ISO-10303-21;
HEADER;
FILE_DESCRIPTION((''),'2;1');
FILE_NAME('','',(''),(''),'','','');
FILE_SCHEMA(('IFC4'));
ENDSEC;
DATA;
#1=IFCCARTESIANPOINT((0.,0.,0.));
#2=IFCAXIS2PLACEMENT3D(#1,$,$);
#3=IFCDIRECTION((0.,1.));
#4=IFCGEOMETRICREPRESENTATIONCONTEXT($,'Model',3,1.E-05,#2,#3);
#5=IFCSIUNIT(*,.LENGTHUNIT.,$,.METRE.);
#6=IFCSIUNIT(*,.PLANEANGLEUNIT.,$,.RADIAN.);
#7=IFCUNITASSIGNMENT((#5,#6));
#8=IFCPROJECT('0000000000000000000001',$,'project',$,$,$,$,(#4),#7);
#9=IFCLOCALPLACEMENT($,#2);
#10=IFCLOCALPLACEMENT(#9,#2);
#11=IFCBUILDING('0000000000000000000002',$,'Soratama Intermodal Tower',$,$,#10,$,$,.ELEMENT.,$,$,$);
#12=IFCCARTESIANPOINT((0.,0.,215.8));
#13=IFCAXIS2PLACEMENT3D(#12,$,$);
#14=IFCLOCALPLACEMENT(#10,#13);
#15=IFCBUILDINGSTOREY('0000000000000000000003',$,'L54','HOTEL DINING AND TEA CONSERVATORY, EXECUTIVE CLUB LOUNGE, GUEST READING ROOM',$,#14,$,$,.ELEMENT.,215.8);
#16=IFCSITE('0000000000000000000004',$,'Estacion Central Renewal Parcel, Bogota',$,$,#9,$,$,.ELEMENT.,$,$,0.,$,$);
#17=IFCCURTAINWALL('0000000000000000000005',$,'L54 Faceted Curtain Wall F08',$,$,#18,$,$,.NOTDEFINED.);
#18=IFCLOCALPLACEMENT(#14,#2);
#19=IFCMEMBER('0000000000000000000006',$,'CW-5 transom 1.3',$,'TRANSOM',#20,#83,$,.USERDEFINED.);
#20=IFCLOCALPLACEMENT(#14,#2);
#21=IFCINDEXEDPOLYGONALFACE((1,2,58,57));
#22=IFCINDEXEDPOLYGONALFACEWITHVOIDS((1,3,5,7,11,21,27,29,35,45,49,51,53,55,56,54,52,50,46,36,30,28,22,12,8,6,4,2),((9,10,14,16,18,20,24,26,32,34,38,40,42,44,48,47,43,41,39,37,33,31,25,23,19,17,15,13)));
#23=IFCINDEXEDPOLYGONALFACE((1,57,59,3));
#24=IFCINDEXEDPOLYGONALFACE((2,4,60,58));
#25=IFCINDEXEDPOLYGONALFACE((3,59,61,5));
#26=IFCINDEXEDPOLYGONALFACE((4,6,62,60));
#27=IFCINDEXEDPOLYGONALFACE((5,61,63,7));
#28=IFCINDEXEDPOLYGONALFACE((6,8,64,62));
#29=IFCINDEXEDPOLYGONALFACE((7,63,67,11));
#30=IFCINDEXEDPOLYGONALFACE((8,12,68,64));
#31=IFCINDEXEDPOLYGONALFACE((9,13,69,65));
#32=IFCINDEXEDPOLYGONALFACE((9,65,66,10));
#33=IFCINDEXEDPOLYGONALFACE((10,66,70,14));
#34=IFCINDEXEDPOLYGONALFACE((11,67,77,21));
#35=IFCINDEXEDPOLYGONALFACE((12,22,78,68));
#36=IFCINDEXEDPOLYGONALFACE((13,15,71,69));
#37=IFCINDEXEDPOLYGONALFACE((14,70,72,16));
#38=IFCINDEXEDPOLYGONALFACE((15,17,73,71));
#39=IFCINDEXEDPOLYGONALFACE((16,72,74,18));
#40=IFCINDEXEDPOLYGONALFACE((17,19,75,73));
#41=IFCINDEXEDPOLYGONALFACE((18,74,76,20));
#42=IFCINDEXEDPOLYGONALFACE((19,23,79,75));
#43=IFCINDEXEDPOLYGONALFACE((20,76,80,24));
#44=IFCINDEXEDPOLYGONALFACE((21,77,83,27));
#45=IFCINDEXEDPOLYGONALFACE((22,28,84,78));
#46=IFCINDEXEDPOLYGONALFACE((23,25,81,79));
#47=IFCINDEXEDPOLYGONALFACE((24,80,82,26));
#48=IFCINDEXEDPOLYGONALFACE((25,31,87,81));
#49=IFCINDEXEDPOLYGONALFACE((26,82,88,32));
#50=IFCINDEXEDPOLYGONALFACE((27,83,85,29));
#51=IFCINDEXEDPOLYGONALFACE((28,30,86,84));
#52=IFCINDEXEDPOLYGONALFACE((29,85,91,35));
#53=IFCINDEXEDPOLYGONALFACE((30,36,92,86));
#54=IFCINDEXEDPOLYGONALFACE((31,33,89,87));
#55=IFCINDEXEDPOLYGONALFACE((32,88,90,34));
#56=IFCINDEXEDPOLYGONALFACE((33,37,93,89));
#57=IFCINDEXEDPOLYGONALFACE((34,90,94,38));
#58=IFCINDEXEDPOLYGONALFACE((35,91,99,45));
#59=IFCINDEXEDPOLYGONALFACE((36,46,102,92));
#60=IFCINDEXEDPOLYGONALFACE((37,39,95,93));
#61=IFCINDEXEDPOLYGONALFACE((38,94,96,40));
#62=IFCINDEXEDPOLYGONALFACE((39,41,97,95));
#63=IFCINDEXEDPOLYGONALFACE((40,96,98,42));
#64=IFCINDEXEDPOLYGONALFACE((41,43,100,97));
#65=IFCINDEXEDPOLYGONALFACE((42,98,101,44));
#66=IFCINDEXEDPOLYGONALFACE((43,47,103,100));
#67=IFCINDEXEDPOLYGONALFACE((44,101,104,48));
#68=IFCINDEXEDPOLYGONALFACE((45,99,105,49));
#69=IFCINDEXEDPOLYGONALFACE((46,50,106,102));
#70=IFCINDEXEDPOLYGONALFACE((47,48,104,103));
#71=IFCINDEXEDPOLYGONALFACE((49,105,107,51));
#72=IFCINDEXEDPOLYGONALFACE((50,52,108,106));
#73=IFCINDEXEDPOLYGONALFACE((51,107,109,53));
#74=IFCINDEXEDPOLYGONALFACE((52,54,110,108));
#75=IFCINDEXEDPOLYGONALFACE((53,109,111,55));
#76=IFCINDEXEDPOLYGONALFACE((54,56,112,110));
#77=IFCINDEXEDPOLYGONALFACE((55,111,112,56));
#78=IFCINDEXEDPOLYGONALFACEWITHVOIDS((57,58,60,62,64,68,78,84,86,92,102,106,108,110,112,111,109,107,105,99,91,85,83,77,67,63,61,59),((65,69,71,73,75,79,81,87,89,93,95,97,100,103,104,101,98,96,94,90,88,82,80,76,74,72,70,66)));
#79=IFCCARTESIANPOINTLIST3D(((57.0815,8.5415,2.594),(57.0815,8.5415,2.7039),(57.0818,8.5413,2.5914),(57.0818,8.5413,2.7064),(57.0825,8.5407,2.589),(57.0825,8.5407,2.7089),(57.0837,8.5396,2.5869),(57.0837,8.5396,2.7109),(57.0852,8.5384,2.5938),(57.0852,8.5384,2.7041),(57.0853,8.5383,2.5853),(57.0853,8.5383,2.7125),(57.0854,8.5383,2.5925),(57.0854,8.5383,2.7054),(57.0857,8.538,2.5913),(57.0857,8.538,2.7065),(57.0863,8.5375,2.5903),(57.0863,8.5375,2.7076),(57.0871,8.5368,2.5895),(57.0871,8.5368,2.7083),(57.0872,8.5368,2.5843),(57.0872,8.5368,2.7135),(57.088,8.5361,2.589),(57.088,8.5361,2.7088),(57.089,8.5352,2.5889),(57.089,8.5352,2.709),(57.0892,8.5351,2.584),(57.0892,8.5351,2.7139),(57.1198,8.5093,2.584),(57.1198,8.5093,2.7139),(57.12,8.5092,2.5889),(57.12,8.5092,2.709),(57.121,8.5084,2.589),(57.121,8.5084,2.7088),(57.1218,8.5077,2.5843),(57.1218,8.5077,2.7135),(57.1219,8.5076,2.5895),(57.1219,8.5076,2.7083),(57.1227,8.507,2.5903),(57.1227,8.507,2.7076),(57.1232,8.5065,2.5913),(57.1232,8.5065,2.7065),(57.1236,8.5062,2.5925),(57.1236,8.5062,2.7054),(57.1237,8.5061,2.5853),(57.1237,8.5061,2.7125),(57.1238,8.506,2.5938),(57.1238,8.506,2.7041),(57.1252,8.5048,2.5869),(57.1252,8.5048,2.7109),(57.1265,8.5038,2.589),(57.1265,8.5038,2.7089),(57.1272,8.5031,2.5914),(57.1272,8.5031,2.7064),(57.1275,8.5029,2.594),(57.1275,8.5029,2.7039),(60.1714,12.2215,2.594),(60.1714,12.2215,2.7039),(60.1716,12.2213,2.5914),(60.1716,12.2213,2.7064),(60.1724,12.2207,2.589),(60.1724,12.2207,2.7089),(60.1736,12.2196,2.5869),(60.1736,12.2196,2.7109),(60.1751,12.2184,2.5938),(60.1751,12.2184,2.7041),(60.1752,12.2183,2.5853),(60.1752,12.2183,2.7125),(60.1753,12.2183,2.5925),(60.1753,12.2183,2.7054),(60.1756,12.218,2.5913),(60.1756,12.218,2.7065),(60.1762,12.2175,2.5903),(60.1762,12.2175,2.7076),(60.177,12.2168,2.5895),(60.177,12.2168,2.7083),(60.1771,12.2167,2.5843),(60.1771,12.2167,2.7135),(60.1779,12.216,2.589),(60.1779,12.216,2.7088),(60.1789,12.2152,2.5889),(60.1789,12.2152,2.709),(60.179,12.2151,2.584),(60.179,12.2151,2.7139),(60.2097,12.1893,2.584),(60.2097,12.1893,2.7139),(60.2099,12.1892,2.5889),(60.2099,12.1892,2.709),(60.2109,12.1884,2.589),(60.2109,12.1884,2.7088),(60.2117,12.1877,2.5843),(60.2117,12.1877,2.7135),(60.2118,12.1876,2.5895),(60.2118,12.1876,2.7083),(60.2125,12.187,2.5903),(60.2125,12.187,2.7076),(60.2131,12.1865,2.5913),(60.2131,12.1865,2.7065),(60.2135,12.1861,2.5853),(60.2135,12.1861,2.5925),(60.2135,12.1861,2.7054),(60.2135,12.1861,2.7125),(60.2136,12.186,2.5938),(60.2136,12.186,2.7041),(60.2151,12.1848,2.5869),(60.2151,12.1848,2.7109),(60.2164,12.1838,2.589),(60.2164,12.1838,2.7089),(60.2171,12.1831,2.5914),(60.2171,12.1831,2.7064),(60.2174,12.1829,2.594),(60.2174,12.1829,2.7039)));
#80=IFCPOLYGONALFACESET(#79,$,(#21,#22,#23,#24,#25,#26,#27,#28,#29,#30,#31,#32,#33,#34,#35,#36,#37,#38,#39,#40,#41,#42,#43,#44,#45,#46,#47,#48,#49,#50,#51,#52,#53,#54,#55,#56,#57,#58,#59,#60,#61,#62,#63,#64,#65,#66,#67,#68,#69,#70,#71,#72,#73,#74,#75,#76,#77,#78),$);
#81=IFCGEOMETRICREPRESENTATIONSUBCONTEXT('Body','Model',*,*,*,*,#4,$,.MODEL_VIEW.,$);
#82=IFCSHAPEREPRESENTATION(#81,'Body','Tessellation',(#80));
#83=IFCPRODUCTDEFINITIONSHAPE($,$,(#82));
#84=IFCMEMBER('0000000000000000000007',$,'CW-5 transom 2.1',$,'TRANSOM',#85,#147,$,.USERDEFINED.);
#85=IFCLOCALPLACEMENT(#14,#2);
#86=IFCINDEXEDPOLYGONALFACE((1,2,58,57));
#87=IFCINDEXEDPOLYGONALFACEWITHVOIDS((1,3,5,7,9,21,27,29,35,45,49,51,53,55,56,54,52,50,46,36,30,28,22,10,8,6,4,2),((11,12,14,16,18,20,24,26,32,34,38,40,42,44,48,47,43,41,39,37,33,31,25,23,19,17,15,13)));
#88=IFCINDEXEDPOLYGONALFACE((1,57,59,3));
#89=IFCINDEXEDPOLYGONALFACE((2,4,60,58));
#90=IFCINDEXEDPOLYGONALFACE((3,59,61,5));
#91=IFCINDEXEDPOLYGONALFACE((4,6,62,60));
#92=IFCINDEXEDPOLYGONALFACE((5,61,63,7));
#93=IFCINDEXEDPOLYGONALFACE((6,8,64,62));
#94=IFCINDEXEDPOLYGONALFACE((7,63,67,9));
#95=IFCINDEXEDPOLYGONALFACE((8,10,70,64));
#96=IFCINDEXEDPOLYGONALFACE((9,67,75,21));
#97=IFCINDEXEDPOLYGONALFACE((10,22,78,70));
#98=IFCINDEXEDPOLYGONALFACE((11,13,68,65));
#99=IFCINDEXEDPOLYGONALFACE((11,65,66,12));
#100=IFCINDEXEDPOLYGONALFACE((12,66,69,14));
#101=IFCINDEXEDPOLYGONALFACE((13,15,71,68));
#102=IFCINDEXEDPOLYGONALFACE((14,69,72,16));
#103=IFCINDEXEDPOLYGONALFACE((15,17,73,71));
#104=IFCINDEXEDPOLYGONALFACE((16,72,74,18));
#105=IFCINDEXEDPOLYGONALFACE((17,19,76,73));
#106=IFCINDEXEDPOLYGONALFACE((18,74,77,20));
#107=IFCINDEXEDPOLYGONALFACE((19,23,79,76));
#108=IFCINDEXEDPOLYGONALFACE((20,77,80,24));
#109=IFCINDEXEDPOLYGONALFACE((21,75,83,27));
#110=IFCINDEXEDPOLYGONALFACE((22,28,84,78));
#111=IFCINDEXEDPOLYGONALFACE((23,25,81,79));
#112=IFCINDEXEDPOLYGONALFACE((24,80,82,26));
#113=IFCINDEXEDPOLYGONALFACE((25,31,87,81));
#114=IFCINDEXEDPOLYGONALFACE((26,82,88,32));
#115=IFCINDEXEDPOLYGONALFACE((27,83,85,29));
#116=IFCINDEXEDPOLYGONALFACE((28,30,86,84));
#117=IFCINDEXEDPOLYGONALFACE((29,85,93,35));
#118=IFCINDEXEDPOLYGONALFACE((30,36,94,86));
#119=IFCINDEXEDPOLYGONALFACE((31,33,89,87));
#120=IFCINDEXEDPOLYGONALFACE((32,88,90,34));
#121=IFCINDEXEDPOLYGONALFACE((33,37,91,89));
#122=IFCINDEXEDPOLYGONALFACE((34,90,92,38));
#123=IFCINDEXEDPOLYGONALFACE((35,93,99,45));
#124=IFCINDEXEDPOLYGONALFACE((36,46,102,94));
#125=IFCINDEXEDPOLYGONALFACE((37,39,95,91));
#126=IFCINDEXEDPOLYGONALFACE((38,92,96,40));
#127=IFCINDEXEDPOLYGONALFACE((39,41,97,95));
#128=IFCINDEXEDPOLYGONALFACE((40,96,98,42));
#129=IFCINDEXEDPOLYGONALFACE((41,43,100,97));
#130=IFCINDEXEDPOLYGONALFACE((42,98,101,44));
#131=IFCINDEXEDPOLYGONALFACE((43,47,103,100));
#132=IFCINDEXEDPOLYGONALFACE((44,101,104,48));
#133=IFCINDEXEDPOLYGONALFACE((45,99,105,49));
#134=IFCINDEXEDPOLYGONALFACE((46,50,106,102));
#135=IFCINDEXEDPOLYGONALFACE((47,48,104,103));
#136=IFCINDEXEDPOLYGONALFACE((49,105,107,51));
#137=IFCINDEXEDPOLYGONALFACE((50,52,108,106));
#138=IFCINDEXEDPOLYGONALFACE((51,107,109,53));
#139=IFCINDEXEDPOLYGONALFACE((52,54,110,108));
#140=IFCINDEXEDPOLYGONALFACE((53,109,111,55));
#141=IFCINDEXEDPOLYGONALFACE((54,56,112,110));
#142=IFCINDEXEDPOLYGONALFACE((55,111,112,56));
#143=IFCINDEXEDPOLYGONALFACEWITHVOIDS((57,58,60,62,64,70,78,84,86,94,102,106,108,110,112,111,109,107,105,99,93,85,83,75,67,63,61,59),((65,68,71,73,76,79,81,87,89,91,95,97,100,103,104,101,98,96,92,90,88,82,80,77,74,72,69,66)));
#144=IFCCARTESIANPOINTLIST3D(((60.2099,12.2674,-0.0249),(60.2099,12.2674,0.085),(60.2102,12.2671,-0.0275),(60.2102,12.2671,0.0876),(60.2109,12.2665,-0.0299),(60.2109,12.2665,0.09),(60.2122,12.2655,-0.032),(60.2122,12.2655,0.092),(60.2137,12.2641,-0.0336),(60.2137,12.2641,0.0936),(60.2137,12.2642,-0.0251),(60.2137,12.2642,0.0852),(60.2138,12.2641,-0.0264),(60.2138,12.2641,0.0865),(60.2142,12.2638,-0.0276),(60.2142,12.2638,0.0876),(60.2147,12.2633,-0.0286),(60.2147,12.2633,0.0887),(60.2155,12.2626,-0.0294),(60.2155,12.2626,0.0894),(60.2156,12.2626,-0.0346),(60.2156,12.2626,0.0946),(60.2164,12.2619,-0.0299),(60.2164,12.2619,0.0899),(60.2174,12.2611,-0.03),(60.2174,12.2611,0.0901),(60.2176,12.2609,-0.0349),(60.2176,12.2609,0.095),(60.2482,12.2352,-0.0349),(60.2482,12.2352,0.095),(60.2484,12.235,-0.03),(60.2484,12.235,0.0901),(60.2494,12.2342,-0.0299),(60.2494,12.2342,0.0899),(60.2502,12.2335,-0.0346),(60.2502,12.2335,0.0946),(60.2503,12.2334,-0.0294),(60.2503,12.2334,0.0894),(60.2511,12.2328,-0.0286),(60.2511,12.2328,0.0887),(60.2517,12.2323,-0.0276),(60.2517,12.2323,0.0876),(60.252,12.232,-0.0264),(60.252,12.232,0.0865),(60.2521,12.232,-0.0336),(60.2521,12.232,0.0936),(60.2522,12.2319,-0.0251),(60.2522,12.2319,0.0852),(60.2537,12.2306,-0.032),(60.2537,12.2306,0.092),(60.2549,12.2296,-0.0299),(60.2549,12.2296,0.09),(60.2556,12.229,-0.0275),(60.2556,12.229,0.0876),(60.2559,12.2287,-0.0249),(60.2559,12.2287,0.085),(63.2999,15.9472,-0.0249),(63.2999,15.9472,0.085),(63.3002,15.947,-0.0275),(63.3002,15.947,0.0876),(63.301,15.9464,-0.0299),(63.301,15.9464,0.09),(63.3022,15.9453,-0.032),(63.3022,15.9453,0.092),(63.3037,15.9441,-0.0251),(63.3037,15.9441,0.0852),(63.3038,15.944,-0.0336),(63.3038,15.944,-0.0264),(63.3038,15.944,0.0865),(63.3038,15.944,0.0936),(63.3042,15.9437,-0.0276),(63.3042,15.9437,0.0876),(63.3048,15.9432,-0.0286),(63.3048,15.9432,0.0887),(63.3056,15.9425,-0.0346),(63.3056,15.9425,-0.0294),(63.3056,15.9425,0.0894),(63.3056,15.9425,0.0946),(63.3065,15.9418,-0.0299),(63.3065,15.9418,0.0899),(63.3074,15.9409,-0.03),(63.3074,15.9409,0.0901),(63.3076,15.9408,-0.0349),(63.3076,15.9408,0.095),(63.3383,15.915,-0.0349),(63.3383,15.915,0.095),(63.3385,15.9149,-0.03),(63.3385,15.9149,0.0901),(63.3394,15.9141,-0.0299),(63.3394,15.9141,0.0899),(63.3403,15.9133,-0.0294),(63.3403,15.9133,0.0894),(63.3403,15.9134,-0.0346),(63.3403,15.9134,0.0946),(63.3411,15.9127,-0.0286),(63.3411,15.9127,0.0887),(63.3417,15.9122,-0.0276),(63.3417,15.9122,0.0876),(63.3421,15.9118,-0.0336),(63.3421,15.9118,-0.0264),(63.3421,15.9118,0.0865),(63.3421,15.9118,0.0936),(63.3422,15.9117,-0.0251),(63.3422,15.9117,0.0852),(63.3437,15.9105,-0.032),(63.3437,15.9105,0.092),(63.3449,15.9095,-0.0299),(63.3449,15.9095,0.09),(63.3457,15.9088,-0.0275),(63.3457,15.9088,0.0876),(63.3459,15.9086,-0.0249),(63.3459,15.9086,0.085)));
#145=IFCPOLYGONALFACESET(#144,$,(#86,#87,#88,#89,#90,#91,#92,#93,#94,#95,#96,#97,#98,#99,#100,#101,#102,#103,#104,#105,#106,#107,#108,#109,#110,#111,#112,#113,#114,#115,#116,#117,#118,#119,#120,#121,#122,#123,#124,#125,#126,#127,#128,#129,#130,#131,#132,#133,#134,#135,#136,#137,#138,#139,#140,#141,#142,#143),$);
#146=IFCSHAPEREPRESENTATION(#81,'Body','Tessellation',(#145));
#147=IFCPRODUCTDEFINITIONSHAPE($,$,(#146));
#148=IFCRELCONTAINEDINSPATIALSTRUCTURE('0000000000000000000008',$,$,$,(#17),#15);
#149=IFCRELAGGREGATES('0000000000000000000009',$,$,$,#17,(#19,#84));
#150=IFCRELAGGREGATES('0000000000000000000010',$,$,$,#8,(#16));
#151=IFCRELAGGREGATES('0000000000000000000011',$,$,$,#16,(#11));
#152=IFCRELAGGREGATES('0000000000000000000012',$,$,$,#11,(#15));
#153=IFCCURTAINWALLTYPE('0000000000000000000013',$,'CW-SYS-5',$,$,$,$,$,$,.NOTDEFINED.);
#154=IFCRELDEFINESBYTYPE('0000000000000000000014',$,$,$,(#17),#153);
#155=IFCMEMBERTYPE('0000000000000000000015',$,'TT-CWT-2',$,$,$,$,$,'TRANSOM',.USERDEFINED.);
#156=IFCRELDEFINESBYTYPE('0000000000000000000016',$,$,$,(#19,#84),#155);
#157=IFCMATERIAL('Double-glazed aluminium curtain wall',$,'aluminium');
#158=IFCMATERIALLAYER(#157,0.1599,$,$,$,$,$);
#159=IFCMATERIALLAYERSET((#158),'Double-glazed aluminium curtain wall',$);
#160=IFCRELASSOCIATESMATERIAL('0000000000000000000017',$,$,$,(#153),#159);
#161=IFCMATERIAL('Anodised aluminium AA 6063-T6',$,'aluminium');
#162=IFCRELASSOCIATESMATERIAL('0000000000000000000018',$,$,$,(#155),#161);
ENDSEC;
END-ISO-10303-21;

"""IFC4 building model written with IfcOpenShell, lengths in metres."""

from ifc_helpers import new_model, si_unit, direction, frame, origin, origin_2d, place, context, subcontext, project, spatial, hollow_rectangle, extrude, material, layer, layer_set, material_profile, profile_set, type_object, element, aggregate, save


model = new_model("IFC4")

# Units and contexts
model_context = context("Model", 3, precision=1e-05, world=origin(), true_north=direction((0.0, 1.0)))
body_context = subcontext(model_context, "Body", "Model", "MODEL_VIEW")
ifc_project = project(units=[si_unit("LENGTHUNIT", "METRE"), si_unit("PLANEANGLEUNIT", "RADIAN")], contexts=[model_context])

# Site, building, storey
site_placement = place(None, origin())
site = spatial("IfcSite", under=ifc_project, at=site_placement, Name="Estacion Central Renewal Parcel, Bogota", CompositionType="ELEMENT", RefElevation=0.0)
building_placement = place(site_placement, origin())
building = spatial("IfcBuilding", under=site, at=building_placement, Name="Soratama Intermodal Tower", CompositionType="ELEMENT")
storey_placement = place(building_placement, frame((0.0, 0.0, 215.8)))
storey = spatial("IfcBuildingStorey", under=building, at=storey_placement, Name="L54", Description="HOTEL DINING AND TEA CONSERVATORY, EXECUTIVE CLUB LOUNGE, GUEST READING ROOM", CompositionType="ELEMENT", Elevation=215.8)

# Curtain wall, members
ifc_material_1 = material(Name="Double-glazed aluminium curtain wall", Category="aluminium")
ifc_layer_1 = layer(ifc_material_1, 0.1599)
ifc_layer_set_1 = layer_set([ifc_layer_1], Name="Double-glazed aluminium curtain wall")
curtain_wall_type = type_object("IfcCurtainWallType", Name="CW-SYS-5", PredefinedType="NOTDEFINED", material=ifc_layer_set_1)
curtain_wall_placement = place(storey_placement, origin())
curtain_wall = element("IfcCurtainWall", 1, at=curtain_wall_placement, inside=storey, type_object=curtain_wall_type, Name="L54 Faceted Curtain Wall F08", PredefinedType="NOTDEFINED")
ifc_material_2 = material(Name="Anodised aluminium AA 6063-T6", Category="aluminium")
ifc_material_profile_1 = material_profile(ifc_material_2, hollow_rectangle(XDim=0.0601, YDim=0.1299, WallThickness=0.0049, InnerFilletRadius=0.0049, OuterFilletRadius=0.01, at=origin_2d()), Name="CWT130X60X5")
ifc_profile_set_1 = profile_set([ifc_material_profile_1], Name="Anodised aluminium AA 6063-T6")
member_type_1 = type_object("IfcMemberType", Name="TT-CWT-2", ElementType="TRANSOM", PredefinedType="USERDEFINED", material=ifc_profile_set_1)
member_1_placement = place(storey_placement, frame((57.1045, 8.5222, 2.6489), z_axis=(0.643034, 0.765838, 0.0), x_axis=(-0.765838, 0.643034, 0.0)))
member_1 = element("IfcMember", 2, at=member_1_placement, type_object=member_type_1, Name="CW-5 transom 1.3", ObjectType="TRANSOM", PredefinedType="USERDEFINED", context=body_context, shape_type="SweptSolid", body=[
    extrude(hollow_rectangle(XDim=0.0601, YDim=0.1299, WallThickness=0.0049, InnerFilletRadius=0.0049, OuterFilletRadius=0.01, at=origin_2d()), origin(), (0.0, 0.0, 1.0), 4.8052),
])
member_2_placement = place(storey_placement, frame((60.2329, 12.248, 0.03), z_axis=(0.643063, 0.765813, 0.0), x_axis=(-0.765813, 0.643063, 0.0)))
member_2 = element("IfcMember", 3, at=member_2_placement, type_object=member_type_1, Name="CW-5 transom 2.1", ObjectType="TRANSOM", PredefinedType="USERDEFINED", context=body_context, shape_type="SweptSolid", body=[
    extrude(hollow_rectangle(XDim=0.0601, YDim=0.1299, WallThickness=0.0049, InnerFilletRadius=0.0049, OuterFilletRadius=0.01, at=origin_2d()), origin(), (0.0, 0.0, 1.0), 4.8052),
])
aggregate(curtain_wall, [member_1, member_2])

save(model, "model.ifc")
